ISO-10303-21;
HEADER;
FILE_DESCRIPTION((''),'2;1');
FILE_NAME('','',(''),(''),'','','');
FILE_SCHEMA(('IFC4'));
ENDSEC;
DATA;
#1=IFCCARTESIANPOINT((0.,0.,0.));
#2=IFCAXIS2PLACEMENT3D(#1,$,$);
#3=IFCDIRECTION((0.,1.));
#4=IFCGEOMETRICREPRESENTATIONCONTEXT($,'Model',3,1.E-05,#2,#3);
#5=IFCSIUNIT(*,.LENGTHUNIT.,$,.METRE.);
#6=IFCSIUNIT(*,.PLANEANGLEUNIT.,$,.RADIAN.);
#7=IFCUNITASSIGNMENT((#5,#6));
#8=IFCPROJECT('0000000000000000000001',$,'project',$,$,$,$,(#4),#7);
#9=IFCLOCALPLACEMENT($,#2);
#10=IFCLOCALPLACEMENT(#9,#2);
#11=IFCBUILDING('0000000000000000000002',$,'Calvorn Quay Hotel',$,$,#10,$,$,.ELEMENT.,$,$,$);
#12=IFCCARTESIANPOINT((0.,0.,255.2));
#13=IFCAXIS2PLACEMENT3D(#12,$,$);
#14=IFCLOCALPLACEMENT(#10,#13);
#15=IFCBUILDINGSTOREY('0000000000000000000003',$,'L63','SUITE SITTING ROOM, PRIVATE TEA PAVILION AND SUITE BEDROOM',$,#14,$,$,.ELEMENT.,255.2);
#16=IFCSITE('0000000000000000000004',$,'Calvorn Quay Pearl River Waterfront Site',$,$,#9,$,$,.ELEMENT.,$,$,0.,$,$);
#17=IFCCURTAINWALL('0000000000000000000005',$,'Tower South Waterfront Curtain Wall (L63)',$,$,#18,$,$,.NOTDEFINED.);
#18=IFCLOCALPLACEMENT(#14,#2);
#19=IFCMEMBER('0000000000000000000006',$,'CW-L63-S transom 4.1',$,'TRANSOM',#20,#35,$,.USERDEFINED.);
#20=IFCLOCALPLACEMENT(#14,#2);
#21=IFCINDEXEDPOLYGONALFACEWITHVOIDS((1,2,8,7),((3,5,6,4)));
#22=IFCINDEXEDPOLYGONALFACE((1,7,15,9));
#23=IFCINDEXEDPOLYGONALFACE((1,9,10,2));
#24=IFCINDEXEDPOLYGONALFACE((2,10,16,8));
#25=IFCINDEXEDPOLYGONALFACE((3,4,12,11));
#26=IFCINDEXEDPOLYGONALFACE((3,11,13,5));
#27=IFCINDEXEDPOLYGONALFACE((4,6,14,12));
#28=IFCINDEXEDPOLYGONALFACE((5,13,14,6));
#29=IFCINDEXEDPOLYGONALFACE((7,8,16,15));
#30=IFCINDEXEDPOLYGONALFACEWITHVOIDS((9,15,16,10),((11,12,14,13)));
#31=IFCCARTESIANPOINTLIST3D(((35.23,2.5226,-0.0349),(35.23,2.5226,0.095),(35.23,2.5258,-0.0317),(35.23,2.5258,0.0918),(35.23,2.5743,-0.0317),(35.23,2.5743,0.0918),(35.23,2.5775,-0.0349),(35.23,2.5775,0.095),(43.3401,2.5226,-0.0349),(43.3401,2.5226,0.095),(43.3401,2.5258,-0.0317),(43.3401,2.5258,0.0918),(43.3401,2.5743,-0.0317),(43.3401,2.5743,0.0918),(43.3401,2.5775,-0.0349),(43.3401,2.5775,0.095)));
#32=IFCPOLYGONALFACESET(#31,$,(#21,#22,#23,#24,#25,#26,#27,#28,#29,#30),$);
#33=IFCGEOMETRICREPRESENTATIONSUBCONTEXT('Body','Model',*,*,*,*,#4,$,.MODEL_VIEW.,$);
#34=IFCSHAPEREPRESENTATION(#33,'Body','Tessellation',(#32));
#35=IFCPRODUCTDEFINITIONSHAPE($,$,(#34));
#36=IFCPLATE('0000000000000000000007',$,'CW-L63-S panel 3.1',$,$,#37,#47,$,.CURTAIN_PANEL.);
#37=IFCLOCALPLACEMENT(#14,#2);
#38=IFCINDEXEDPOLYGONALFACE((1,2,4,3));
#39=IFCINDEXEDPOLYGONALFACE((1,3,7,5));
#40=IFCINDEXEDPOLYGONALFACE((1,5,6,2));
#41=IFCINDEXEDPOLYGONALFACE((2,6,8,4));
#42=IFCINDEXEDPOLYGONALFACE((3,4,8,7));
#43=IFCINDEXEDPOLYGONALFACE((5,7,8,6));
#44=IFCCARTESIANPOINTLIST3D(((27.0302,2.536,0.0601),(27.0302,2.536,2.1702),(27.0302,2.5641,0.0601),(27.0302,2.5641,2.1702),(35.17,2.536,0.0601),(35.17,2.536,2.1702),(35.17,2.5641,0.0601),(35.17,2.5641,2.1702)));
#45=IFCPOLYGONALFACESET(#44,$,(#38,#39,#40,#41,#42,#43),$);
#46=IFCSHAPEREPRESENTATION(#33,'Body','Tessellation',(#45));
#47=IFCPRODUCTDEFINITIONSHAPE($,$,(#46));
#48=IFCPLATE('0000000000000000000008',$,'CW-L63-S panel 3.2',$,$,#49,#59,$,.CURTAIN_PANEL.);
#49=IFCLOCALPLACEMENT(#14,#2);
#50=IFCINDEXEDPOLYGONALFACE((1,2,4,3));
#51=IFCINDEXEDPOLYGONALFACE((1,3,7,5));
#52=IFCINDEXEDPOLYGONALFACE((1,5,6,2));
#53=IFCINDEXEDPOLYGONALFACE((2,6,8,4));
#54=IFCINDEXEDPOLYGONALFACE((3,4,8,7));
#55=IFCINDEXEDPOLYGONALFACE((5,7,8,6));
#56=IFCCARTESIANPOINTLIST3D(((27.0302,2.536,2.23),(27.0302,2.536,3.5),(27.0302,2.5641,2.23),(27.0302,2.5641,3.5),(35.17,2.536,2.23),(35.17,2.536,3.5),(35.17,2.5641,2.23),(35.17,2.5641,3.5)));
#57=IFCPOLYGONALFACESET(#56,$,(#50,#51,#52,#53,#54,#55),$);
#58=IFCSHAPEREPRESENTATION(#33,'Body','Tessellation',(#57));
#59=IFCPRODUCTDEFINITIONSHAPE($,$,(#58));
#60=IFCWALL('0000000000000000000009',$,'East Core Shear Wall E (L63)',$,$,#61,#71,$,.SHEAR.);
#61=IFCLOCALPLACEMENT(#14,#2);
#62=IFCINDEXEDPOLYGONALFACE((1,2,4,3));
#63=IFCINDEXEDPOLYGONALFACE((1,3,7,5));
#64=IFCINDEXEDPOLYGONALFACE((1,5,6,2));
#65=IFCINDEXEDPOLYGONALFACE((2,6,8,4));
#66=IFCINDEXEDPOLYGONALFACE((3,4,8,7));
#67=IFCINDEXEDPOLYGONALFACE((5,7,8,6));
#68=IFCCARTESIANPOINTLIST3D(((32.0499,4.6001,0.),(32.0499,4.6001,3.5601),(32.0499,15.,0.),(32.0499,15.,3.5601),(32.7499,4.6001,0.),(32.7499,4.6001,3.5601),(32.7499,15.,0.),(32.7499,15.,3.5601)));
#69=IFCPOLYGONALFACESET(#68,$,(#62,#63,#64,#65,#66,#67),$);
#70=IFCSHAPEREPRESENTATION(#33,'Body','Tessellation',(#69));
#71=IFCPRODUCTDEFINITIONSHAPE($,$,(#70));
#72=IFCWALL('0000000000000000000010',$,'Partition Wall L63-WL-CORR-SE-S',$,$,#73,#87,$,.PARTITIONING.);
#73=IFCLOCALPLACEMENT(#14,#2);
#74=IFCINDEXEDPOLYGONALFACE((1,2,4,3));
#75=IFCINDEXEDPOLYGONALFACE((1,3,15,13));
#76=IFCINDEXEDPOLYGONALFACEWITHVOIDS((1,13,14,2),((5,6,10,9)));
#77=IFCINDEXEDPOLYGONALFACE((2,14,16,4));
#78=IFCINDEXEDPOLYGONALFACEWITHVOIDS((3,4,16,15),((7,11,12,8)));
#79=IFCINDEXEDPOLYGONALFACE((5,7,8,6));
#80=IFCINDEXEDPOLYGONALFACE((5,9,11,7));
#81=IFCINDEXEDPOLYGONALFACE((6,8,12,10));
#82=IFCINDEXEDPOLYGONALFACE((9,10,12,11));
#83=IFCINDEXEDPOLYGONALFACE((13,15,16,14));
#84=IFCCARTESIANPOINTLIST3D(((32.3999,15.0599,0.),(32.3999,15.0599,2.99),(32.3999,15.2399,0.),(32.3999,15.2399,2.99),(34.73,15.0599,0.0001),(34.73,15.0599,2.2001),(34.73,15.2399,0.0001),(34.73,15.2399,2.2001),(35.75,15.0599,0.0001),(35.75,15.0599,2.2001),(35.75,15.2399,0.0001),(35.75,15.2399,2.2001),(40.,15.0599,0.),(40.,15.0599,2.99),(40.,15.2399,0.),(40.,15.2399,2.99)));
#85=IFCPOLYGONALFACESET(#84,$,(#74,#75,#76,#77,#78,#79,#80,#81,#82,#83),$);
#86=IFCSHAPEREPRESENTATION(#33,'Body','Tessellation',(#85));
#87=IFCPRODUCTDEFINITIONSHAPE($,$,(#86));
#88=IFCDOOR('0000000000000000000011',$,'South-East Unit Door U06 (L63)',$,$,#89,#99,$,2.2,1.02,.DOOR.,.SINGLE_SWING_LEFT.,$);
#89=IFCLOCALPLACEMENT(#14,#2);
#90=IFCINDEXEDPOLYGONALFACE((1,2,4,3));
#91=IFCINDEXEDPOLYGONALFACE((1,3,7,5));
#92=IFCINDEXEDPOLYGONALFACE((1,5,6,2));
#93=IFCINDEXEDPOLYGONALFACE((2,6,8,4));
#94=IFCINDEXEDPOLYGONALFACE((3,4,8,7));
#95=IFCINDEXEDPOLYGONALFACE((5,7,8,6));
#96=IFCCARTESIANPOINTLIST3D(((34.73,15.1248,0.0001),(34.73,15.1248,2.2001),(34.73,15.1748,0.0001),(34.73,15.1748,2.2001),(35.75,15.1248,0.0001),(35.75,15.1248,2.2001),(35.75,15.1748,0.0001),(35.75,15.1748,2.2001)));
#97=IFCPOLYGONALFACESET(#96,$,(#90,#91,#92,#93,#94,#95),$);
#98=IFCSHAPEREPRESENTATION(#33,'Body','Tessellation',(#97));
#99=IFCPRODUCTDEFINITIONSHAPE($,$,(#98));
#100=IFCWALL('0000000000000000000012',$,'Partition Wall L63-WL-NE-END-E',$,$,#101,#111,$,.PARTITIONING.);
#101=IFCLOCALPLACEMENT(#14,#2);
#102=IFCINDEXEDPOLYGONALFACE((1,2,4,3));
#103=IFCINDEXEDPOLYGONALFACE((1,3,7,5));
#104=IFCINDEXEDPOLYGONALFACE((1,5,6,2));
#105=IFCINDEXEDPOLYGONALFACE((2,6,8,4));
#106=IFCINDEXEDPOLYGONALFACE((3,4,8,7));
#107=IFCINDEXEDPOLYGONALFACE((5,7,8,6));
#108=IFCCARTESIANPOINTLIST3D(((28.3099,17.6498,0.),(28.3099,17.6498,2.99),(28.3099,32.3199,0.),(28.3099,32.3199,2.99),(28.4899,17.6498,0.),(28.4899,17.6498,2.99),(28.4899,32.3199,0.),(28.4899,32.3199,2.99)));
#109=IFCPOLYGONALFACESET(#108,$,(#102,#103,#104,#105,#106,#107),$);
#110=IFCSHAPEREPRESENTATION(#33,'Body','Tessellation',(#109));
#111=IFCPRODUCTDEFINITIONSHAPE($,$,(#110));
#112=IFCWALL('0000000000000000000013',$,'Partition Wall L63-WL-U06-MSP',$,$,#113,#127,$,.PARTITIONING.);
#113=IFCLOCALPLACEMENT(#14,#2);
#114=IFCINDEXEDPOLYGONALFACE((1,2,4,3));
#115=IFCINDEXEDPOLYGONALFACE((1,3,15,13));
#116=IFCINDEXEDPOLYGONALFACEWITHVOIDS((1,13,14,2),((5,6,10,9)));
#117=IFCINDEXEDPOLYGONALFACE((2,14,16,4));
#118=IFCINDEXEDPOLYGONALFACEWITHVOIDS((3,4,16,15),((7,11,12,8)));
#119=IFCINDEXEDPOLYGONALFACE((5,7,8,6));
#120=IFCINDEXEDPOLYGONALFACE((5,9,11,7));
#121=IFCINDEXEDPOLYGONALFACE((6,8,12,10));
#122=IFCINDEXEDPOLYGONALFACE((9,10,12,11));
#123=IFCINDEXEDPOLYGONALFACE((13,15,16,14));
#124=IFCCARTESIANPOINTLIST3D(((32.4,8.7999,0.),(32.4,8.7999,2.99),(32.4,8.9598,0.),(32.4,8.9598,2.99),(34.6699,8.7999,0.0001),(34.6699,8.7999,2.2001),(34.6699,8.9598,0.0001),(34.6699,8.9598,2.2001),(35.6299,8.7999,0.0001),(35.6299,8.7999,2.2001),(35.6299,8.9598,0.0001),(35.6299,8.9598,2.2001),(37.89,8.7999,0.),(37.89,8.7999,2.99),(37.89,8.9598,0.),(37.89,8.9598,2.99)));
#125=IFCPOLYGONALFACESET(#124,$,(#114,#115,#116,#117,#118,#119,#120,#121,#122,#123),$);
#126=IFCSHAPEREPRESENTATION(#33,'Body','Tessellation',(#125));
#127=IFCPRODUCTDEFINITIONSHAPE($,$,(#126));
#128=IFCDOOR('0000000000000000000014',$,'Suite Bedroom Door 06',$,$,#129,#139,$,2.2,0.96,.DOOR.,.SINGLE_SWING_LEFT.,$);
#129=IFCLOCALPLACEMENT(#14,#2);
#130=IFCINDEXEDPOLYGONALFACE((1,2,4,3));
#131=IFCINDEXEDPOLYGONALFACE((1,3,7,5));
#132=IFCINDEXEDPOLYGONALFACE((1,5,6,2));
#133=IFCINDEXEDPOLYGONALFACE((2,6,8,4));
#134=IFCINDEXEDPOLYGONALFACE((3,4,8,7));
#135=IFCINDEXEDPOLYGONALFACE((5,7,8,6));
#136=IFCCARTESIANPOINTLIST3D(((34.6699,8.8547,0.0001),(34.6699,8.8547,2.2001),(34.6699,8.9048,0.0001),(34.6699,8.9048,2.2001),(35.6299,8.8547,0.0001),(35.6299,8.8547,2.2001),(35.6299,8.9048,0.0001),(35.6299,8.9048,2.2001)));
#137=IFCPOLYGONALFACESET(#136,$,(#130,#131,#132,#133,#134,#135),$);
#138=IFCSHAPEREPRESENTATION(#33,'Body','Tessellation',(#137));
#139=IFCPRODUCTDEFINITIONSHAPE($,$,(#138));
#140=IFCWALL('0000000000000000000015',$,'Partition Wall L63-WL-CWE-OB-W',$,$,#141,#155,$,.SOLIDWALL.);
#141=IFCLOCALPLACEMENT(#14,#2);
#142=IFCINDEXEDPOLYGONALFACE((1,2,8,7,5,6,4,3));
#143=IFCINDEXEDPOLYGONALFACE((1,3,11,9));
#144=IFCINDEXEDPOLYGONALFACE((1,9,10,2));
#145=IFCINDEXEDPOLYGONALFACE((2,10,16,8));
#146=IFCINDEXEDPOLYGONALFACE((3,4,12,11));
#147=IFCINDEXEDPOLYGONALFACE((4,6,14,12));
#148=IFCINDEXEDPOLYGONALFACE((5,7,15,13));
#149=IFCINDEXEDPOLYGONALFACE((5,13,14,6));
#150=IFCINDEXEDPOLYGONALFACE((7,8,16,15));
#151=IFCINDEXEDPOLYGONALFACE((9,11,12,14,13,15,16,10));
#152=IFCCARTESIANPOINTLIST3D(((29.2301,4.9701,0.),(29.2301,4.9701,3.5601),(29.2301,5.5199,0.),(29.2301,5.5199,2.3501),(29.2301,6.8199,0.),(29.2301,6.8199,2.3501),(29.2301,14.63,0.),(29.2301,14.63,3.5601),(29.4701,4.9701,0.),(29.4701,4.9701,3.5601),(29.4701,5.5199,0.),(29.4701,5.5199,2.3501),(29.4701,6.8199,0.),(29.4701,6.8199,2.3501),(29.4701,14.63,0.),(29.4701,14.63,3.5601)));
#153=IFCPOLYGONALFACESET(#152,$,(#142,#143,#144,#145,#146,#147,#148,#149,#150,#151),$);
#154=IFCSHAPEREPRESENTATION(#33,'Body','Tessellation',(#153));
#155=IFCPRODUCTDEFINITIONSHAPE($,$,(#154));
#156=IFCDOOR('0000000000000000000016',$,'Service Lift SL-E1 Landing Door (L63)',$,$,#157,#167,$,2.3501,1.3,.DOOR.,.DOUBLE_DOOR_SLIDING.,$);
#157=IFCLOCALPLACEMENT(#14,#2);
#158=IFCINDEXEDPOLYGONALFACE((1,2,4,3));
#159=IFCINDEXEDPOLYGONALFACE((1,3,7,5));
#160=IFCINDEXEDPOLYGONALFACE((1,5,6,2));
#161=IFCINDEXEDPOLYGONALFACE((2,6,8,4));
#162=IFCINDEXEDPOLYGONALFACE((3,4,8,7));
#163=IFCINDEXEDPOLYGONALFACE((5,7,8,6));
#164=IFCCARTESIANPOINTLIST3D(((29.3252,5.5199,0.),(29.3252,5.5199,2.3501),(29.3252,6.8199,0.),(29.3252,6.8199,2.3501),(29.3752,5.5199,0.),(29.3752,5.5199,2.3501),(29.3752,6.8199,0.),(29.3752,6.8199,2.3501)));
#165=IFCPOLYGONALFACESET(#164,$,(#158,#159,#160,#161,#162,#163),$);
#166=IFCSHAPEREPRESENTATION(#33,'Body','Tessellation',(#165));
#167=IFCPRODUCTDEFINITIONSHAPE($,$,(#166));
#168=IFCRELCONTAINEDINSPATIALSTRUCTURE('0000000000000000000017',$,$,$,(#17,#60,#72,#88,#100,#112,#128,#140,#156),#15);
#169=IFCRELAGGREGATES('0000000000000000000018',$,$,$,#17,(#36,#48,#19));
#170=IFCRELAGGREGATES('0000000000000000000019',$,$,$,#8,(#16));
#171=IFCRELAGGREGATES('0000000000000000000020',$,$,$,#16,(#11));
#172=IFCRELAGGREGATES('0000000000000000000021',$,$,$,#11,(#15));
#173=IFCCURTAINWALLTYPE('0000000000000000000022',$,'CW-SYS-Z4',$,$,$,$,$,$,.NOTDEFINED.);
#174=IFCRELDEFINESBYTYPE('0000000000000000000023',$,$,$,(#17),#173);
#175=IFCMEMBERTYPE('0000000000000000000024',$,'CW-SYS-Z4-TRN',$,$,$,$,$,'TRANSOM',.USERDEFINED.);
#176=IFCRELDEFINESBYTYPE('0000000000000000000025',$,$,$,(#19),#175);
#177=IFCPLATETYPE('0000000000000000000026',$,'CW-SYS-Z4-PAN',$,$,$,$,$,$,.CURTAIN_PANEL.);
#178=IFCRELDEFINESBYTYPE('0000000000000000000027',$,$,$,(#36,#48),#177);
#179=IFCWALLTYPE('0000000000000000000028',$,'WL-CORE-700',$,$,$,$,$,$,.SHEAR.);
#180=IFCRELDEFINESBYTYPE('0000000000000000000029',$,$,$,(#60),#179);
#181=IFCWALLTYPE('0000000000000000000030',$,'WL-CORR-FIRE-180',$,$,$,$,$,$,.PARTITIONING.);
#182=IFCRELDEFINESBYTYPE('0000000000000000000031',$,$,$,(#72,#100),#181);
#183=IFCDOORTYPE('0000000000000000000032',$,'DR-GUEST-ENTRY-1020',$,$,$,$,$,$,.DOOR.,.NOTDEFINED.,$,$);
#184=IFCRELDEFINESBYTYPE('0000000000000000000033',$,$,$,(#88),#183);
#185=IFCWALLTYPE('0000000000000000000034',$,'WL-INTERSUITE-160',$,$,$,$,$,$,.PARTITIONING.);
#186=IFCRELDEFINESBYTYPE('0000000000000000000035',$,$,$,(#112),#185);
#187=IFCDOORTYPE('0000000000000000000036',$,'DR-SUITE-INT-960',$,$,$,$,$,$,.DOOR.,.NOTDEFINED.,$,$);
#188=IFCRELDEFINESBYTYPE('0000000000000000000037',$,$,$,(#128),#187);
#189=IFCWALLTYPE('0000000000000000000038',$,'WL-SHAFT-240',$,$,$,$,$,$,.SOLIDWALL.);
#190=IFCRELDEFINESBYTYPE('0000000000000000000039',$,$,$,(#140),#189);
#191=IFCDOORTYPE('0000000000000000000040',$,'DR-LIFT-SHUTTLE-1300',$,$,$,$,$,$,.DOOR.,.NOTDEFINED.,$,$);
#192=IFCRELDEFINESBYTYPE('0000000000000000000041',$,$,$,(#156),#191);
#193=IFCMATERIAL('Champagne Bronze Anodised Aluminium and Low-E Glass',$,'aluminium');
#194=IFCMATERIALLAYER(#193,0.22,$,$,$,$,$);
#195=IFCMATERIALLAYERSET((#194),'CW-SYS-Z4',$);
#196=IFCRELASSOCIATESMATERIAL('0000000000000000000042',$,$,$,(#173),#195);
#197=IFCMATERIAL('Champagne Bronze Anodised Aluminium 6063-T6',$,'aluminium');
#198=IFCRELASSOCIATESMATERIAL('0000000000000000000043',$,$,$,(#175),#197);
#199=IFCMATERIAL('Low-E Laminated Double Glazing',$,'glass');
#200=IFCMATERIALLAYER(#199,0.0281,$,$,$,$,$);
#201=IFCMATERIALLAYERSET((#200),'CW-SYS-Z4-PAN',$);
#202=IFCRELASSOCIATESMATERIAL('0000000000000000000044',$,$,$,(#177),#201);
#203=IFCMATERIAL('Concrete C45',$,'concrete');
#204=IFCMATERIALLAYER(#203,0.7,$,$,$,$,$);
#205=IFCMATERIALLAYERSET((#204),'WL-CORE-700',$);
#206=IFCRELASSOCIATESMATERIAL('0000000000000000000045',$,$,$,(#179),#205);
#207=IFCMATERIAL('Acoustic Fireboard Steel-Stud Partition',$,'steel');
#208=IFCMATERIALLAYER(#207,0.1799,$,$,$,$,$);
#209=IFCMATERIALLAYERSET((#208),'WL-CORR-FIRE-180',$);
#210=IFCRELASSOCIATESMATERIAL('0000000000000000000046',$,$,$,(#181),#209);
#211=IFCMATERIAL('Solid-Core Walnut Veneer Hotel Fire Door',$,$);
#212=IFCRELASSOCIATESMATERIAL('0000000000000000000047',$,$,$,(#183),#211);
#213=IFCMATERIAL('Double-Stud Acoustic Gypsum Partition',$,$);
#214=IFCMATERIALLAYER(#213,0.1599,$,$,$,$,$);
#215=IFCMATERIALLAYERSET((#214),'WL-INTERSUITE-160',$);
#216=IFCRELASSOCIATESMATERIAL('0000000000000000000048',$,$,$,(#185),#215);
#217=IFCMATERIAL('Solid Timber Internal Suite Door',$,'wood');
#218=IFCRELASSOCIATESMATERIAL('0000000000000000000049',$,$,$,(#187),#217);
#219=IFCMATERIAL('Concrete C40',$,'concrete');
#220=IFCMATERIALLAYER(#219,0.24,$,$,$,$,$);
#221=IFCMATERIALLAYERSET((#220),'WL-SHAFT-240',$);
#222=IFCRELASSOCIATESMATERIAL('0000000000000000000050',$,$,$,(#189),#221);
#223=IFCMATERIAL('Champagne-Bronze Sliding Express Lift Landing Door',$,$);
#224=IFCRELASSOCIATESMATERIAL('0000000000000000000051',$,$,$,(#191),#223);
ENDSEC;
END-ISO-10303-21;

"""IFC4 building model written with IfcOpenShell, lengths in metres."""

from ifc_helpers import new_model, si_unit, direction, frame, frame_2d, origin, origin_2d, place, context, subcontext, project, spatial, rectangle, hollow_rectangle, extrude, material, layer, layer_set, material_profile, profile_set, type_object, element, fill, aggregate, save


model = new_model("IFC4")

# Units and contexts
model_context = context("Model", 3, precision=1e-05, world=origin(), true_north=direction((0.0, 1.0)))
body_context = subcontext(model_context, "Body", "Model", "MODEL_VIEW")
ifc_project = project(units=[si_unit("LENGTHUNIT", "METRE"), si_unit("PLANEANGLEUNIT", "RADIAN")], contexts=[model_context])

# Site, building, storey
site_placement = place(None, origin())
site = spatial("IfcSite", under=ifc_project, at=site_placement, Name="Calvorn Quay Pearl River Waterfront Site", CompositionType="ELEMENT", RefElevation=0.0)
building_placement = place(site_placement, origin())
building = spatial("IfcBuilding", under=site, at=building_placement, Name="Calvorn Quay Hotel", CompositionType="ELEMENT")
storey_placement = place(building_placement, frame((0.0, 0.0, 255.2)))
storey = spatial("IfcBuildingStorey", under=building, at=storey_placement, Name="L63", Description="SUITE SITTING ROOM, PRIVATE TEA PAVILION AND SUITE BEDROOM", CompositionType="ELEMENT", Elevation=255.2)

# Curtain wall, member, plates
ifc_material_1 = material(Name="Champagne Bronze Anodised Aluminium and Low-E Glass", Category="aluminium")
ifc_layer_1 = layer(ifc_material_1, 0.22)
ifc_layer_set_1 = layer_set([ifc_layer_1], Name="CW-SYS-Z4")
curtain_wall_type = type_object("IfcCurtainWallType", Name="CW-SYS-Z4", PredefinedType="NOTDEFINED", material=ifc_layer_set_1)
curtain_wall_placement = place(storey_placement, origin())
curtain_wall = element("IfcCurtainWall", 1, at=curtain_wall_placement, inside=storey, type_object=curtain_wall_type, Name="Tower South Waterfront Curtain Wall (L63)", PredefinedType="NOTDEFINED")
ifc_material_2 = material(Name="Champagne Bronze Anodised Aluminium 6063-T6", Category="aluminium")
ifc_material_profile_1 = material_profile(ifc_material_2, hollow_rectangle(XDim=0.0549, YDim=0.1299, WallThickness=0.0032, at=origin_2d()), Name="ALU-T130x55x3.2")
ifc_profile_set_1 = profile_set([ifc_material_profile_1], Name="Champagne Bronze Anodised Aluminium 6063-T6")
member_type_1 = type_object("IfcMemberType", Name="CW-SYS-Z4-TRN", ElementType="TRANSOM", PredefinedType="USERDEFINED", material=ifc_profile_set_1)
member_1_placement = place(storey_placement, frame((35.23, 2.55, 0.03), z_axis=(1.0, 0.0, 0.0), x_axis=(0.0, 1.0, 0.0)))
member_1 = element("IfcMember", 2, at=member_1_placement, type_object=member_type_1, Name="CW-L63-S transom 4.1", ObjectType="TRANSOM", PredefinedType="USERDEFINED", context=body_context, shape_type="SweptSolid", body=[
    extrude(hollow_rectangle(XDim=0.0549, YDim=0.1299, WallThickness=0.0032, at=origin_2d()), origin(), (0.0, 0.0, 1.0), 8.1101),
])
ifc_material_3 = material(Name="Low-E Laminated Double Glazing", Category="glass")
ifc_layer_2 = layer(ifc_material_3, 0.0281)
ifc_layer_set_2 = layer_set([ifc_layer_2], Name="CW-SYS-Z4-PAN")
plate_type = type_object("IfcPlateType", Name="CW-SYS-Z4-PAN", PredefinedType="CURTAIN_PANEL", material=ifc_layer_set_2)
plate_1_placement = place(storey_placement, frame((31.1001, 2.55, 0.0601), z_axis=(0.0, 0.0, 1.0), x_axis=(1.0, 0.0, 0.0)))
plate_1 = element("IfcPlate", 3, at=plate_1_placement, type_object=plate_type, Name="CW-L63-S panel 3.1", PredefinedType="CURTAIN_PANEL", context=body_context, shape_type="SweptSolid", body=[
    extrude(rectangle(XDim=8.1399, YDim=0.0281, at=origin_2d()), origin(), (0.0, 0.0, 1.0), 2.1101),
])
plate_2_placement = place(storey_placement, frame((31.1001, 2.55, 2.23), z_axis=(0.0, 0.0, 1.0), x_axis=(1.0, 0.0, 0.0)))
plate_2 = element("IfcPlate", 4, at=plate_2_placement, type_object=plate_type, Name="CW-L63-S panel 3.2", PredefinedType="CURTAIN_PANEL", context=body_context, shape_type="SweptSolid", body=[
    extrude(rectangle(XDim=8.1399, YDim=0.0281, at=origin_2d()), origin(), (0.0, 0.0, 1.0), 1.27),
])
aggregate(curtain_wall, [plate_1, plate_2, member_1])

# Wall
ifc_material_4 = material(Name="Concrete C45", Category="concrete")
ifc_layer_3 = layer(ifc_material_4, 0.7)
ifc_layer_set_3 = layer_set([ifc_layer_3], Name="WL-CORE-700")
wall_type_1 = type_object("IfcWallType", Name="WL-CORE-700", PredefinedType="SHEAR", material=ifc_layer_set_3)
wall_1_placement = place(storey_placement, frame((32.3999, 4.6001, 0.0), z_axis=(0.0, 0.0, 1.0), x_axis=(0.0, 1.0, 0.0)))
element("IfcWall", 5, at=wall_1_placement, inside=storey, type_object=wall_type_1, Name="East Core Shear Wall E (L63)", PredefinedType="SHEAR", context=body_context, shape_type="SweptSolid", body=[
    extrude(rectangle(XDim=10.3999, YDim=0.7, at=frame_2d((5.2, 0.0))), origin(), (0.0, 0.0, 1.0), 3.5601),
])

# Wall, opening, door
ifc_material_5 = material(Name="Acoustic Fireboard Steel-Stud Partition", Category="steel")
ifc_layer_4 = layer(ifc_material_5, 0.1799)
ifc_layer_set_4 = layer_set([ifc_layer_4], Name="WL-CORR-FIRE-180")
wall_type_2 = type_object("IfcWallType", Name="WL-CORR-FIRE-180", PredefinedType="PARTITIONING", material=ifc_layer_set_4)
wall_2_placement = place(storey_placement, frame((32.3999, 15.1499, 0.0), z_axis=(0.0, 0.0, 1.0), x_axis=(1.0, 0.0, 0.0)))
wall_2 = element("IfcWall", 6, at=wall_2_placement, inside=storey, type_object=wall_type_2, Name="Partition Wall L63-WL-CORR-SE-S", PredefinedType="PARTITIONING", context=body_context, shape_type="SweptSolid", body=[
    extrude(rectangle(XDim=7.6001, YDim=0.1799, at=frame_2d((3.8, 0.0))), origin(), (0.0, 0.0, 1.0), 2.99),
])
opening_1_placement = place(wall_2_placement, frame((2.3301, 0.0, 0.0)))
opening_1 = element("IfcOpeningElement", 7, at=opening_1_placement, cuts=wall_2, PredefinedType="OPENING", context=body_context, shape_type="SweptSolid", body=[
    extrude(rectangle(XDim=1.02, YDim=2.2, at=frame_2d((0.51, 1.1001))), frame((0.0, 0.0999, 0.0), z_axis=(0.0, -1.0, 0.0), x_axis=(1.0, 0.0, 0.0)), (0.0, 0.0, 1.0), 0.2),
])
ifc_material_6 = material(Name="Solid-Core Walnut Veneer Hotel Fire Door")
door_type_1 = type_object("IfcDoorType", Name="DR-GUEST-ENTRY-1020", OperationType="NOTDEFINED", PredefinedType="DOOR", material=ifc_material_6)
door_1_placement = place(opening_1_placement, origin())
door_1 = element("IfcDoor", 8, at=door_1_placement, inside=storey, type_object=door_type_1, Name="South-East Unit Door U06 (L63)", OperationType="SINGLE_SWING_LEFT", OverallHeight=2.2, OverallWidth=1.02, PredefinedType="DOOR", context=body_context, shape_type="SweptSolid", body=[
    extrude(rectangle(XDim=1.02, YDim=2.2, at=frame_2d((0.51, 1.1001))), frame((0.0, 0.0249, 0.0), z_axis=(0.0, -1.0, 0.0), x_axis=(1.0, 0.0, 0.0)), (0.0, 0.0, 1.0), 0.05),
])
fill(opening_1, door_1)

# Wall
wall_3_placement = place(storey_placement, frame((28.3999, 17.6499, 0.0), z_axis=(0.0, 0.0, 1.0), x_axis=(0.0, 1.0, 0.0)))
element("IfcWall", 9, at=wall_3_placement, inside=storey, type_object=wall_type_2, Name="Partition Wall L63-WL-NE-END-E", PredefinedType="PARTITIONING", context=body_context, shape_type="SweptSolid", body=[
    extrude(rectangle(XDim=14.6702, YDim=0.1799, at=frame_2d((7.335, 0.0))), origin(), (0.0, 0.0, 1.0), 2.99),
])

# Walls, openings, doors
ifc_material_7 = material(Name="Double-Stud Acoustic Gypsum Partition")
ifc_layer_5 = layer(ifc_material_7, 0.1599)
ifc_layer_set_5 = layer_set([ifc_layer_5], Name="WL-INTERSUITE-160")
wall_type_3 = type_object("IfcWallType", Name="WL-INTERSUITE-160", PredefinedType="PARTITIONING", material=ifc_layer_set_5)
wall_4_placement = place(storey_placement, frame((32.3999, 8.8799, 0.0), z_axis=(0.0, 0.0, 1.0), x_axis=(1.0, 0.0, 0.0)))
wall_4 = element("IfcWall", 10, at=wall_4_placement, inside=storey, type_object=wall_type_3, Name="Partition Wall L63-WL-U06-MSP", PredefinedType="PARTITIONING", context=body_context, shape_type="SweptSolid", body=[
    extrude(rectangle(XDim=5.49, YDim=0.1599, at=frame_2d((2.7451, 0.0))), origin(), (0.0, 0.0, 1.0), 2.99),
])
opening_2_placement = place(wall_4_placement, frame((2.27, 0.0, 0.0)))
opening_2 = element("IfcOpeningElement", 11, at=opening_2_placement, cuts=wall_4, PredefinedType="OPENING", context=body_context, shape_type="SweptSolid", body=[
    extrude(rectangle(XDim=0.96, YDim=2.2, at=frame_2d((0.48, 1.1001))), frame((0.0, 0.0898, 0.0), z_axis=(0.0, -1.0, 0.0), x_axis=(1.0, 0.0, 0.0)), (0.0, 0.0, 1.0), 0.1799),
])
ifc_material_8 = material(Name="Solid Timber Internal Suite Door", Category="wood")
door_type_2 = type_object("IfcDoorType", Name="DR-SUITE-INT-960", OperationType="NOTDEFINED", PredefinedType="DOOR", material=ifc_material_8)
door_2_placement = place(opening_2_placement, origin())
door_2 = element("IfcDoor", 12, at=door_2_placement, inside=storey, type_object=door_type_2, Name="Suite Bedroom Door 06", OperationType="SINGLE_SWING_LEFT", OverallHeight=2.2, OverallWidth=0.96, PredefinedType="DOOR", context=body_context, shape_type="SweptSolid", body=[
    extrude(rectangle(XDim=0.96, YDim=2.2, at=frame_2d((0.48, 1.1001))), frame((0.0, 0.0249, 0.0), z_axis=(0.0, -1.0, 0.0), x_axis=(1.0, 0.0, 0.0)), (0.0, 0.0, 1.0), 0.05),
])
fill(opening_2, door_2)
ifc_material_9 = material(Name="Concrete C40", Category="concrete")
ifc_layer_6 = layer(ifc_material_9, 0.24)
ifc_layer_set_6 = layer_set([ifc_layer_6], Name="WL-SHAFT-240")
wall_type_4 = type_object("IfcWallType", Name="WL-SHAFT-240", PredefinedType="SOLIDWALL", material=ifc_layer_set_6)
wall_5_placement = place(storey_placement, frame((29.3501, 4.97, 0.0), z_axis=(0.0, 0.0, 1.0), x_axis=(0.0, 1.0, 0.0)))
wall_5 = element("IfcWall", 13, at=wall_5_placement, inside=storey, type_object=wall_type_4, Name="Partition Wall L63-WL-CWE-OB-W", PredefinedType="SOLIDWALL", context=body_context, shape_type="SweptSolid", body=[
    extrude(rectangle(XDim=9.6599, YDim=0.24, at=frame_2d((4.8301, 0.0))), origin(), (0.0, 0.0, 1.0), 3.5601),
])
opening_3_placement = place(wall_5_placement, frame((0.55, 0.0, 0.0)))
opening_3 = element("IfcOpeningElement", 14, at=opening_3_placement, cuts=wall_5, PredefinedType="OPENING", context=body_context, shape_type="SweptSolid", body=[
    extrude(rectangle(XDim=1.3, YDim=2.3501, at=frame_2d((0.6499, 1.175))), frame((0.0, 0.1299, 0.0), z_axis=(0.0, -1.0, 0.0), x_axis=(1.0, 0.0, 0.0)), (0.0, 0.0, 1.0), 0.26),
])
ifc_material_10 = material(Name="Champagne-Bronze Sliding Express Lift Landing Door")
door_type_3 = type_object("IfcDoorType", Name="DR-LIFT-SHUTTLE-1300", OperationType="NOTDEFINED", PredefinedType="DOOR", material=ifc_material_10)
door_3_placement = place(opening_3_placement, origin())
door_3 = element("IfcDoor", 15, at=door_3_placement, inside=storey, type_object=door_type_3, Name="Service Lift SL-E1 Landing Door (L63)", OperationType="DOUBLE_DOOR_SLIDING", OverallHeight=2.3501, OverallWidth=1.3, PredefinedType="DOOR", context=body_context, shape_type="SweptSolid", body=[
    extrude(rectangle(XDim=1.3, YDim=2.3501, at=frame_2d((0.6499, 1.175))), frame((0.0, 0.0249, 0.0), z_axis=(0.0, -1.0, 0.0), x_axis=(1.0, 0.0, 0.0)), (0.0, 0.0, 1.0), 0.05),
])
fill(opening_3, door_3)

save(model, "model.ifc")
